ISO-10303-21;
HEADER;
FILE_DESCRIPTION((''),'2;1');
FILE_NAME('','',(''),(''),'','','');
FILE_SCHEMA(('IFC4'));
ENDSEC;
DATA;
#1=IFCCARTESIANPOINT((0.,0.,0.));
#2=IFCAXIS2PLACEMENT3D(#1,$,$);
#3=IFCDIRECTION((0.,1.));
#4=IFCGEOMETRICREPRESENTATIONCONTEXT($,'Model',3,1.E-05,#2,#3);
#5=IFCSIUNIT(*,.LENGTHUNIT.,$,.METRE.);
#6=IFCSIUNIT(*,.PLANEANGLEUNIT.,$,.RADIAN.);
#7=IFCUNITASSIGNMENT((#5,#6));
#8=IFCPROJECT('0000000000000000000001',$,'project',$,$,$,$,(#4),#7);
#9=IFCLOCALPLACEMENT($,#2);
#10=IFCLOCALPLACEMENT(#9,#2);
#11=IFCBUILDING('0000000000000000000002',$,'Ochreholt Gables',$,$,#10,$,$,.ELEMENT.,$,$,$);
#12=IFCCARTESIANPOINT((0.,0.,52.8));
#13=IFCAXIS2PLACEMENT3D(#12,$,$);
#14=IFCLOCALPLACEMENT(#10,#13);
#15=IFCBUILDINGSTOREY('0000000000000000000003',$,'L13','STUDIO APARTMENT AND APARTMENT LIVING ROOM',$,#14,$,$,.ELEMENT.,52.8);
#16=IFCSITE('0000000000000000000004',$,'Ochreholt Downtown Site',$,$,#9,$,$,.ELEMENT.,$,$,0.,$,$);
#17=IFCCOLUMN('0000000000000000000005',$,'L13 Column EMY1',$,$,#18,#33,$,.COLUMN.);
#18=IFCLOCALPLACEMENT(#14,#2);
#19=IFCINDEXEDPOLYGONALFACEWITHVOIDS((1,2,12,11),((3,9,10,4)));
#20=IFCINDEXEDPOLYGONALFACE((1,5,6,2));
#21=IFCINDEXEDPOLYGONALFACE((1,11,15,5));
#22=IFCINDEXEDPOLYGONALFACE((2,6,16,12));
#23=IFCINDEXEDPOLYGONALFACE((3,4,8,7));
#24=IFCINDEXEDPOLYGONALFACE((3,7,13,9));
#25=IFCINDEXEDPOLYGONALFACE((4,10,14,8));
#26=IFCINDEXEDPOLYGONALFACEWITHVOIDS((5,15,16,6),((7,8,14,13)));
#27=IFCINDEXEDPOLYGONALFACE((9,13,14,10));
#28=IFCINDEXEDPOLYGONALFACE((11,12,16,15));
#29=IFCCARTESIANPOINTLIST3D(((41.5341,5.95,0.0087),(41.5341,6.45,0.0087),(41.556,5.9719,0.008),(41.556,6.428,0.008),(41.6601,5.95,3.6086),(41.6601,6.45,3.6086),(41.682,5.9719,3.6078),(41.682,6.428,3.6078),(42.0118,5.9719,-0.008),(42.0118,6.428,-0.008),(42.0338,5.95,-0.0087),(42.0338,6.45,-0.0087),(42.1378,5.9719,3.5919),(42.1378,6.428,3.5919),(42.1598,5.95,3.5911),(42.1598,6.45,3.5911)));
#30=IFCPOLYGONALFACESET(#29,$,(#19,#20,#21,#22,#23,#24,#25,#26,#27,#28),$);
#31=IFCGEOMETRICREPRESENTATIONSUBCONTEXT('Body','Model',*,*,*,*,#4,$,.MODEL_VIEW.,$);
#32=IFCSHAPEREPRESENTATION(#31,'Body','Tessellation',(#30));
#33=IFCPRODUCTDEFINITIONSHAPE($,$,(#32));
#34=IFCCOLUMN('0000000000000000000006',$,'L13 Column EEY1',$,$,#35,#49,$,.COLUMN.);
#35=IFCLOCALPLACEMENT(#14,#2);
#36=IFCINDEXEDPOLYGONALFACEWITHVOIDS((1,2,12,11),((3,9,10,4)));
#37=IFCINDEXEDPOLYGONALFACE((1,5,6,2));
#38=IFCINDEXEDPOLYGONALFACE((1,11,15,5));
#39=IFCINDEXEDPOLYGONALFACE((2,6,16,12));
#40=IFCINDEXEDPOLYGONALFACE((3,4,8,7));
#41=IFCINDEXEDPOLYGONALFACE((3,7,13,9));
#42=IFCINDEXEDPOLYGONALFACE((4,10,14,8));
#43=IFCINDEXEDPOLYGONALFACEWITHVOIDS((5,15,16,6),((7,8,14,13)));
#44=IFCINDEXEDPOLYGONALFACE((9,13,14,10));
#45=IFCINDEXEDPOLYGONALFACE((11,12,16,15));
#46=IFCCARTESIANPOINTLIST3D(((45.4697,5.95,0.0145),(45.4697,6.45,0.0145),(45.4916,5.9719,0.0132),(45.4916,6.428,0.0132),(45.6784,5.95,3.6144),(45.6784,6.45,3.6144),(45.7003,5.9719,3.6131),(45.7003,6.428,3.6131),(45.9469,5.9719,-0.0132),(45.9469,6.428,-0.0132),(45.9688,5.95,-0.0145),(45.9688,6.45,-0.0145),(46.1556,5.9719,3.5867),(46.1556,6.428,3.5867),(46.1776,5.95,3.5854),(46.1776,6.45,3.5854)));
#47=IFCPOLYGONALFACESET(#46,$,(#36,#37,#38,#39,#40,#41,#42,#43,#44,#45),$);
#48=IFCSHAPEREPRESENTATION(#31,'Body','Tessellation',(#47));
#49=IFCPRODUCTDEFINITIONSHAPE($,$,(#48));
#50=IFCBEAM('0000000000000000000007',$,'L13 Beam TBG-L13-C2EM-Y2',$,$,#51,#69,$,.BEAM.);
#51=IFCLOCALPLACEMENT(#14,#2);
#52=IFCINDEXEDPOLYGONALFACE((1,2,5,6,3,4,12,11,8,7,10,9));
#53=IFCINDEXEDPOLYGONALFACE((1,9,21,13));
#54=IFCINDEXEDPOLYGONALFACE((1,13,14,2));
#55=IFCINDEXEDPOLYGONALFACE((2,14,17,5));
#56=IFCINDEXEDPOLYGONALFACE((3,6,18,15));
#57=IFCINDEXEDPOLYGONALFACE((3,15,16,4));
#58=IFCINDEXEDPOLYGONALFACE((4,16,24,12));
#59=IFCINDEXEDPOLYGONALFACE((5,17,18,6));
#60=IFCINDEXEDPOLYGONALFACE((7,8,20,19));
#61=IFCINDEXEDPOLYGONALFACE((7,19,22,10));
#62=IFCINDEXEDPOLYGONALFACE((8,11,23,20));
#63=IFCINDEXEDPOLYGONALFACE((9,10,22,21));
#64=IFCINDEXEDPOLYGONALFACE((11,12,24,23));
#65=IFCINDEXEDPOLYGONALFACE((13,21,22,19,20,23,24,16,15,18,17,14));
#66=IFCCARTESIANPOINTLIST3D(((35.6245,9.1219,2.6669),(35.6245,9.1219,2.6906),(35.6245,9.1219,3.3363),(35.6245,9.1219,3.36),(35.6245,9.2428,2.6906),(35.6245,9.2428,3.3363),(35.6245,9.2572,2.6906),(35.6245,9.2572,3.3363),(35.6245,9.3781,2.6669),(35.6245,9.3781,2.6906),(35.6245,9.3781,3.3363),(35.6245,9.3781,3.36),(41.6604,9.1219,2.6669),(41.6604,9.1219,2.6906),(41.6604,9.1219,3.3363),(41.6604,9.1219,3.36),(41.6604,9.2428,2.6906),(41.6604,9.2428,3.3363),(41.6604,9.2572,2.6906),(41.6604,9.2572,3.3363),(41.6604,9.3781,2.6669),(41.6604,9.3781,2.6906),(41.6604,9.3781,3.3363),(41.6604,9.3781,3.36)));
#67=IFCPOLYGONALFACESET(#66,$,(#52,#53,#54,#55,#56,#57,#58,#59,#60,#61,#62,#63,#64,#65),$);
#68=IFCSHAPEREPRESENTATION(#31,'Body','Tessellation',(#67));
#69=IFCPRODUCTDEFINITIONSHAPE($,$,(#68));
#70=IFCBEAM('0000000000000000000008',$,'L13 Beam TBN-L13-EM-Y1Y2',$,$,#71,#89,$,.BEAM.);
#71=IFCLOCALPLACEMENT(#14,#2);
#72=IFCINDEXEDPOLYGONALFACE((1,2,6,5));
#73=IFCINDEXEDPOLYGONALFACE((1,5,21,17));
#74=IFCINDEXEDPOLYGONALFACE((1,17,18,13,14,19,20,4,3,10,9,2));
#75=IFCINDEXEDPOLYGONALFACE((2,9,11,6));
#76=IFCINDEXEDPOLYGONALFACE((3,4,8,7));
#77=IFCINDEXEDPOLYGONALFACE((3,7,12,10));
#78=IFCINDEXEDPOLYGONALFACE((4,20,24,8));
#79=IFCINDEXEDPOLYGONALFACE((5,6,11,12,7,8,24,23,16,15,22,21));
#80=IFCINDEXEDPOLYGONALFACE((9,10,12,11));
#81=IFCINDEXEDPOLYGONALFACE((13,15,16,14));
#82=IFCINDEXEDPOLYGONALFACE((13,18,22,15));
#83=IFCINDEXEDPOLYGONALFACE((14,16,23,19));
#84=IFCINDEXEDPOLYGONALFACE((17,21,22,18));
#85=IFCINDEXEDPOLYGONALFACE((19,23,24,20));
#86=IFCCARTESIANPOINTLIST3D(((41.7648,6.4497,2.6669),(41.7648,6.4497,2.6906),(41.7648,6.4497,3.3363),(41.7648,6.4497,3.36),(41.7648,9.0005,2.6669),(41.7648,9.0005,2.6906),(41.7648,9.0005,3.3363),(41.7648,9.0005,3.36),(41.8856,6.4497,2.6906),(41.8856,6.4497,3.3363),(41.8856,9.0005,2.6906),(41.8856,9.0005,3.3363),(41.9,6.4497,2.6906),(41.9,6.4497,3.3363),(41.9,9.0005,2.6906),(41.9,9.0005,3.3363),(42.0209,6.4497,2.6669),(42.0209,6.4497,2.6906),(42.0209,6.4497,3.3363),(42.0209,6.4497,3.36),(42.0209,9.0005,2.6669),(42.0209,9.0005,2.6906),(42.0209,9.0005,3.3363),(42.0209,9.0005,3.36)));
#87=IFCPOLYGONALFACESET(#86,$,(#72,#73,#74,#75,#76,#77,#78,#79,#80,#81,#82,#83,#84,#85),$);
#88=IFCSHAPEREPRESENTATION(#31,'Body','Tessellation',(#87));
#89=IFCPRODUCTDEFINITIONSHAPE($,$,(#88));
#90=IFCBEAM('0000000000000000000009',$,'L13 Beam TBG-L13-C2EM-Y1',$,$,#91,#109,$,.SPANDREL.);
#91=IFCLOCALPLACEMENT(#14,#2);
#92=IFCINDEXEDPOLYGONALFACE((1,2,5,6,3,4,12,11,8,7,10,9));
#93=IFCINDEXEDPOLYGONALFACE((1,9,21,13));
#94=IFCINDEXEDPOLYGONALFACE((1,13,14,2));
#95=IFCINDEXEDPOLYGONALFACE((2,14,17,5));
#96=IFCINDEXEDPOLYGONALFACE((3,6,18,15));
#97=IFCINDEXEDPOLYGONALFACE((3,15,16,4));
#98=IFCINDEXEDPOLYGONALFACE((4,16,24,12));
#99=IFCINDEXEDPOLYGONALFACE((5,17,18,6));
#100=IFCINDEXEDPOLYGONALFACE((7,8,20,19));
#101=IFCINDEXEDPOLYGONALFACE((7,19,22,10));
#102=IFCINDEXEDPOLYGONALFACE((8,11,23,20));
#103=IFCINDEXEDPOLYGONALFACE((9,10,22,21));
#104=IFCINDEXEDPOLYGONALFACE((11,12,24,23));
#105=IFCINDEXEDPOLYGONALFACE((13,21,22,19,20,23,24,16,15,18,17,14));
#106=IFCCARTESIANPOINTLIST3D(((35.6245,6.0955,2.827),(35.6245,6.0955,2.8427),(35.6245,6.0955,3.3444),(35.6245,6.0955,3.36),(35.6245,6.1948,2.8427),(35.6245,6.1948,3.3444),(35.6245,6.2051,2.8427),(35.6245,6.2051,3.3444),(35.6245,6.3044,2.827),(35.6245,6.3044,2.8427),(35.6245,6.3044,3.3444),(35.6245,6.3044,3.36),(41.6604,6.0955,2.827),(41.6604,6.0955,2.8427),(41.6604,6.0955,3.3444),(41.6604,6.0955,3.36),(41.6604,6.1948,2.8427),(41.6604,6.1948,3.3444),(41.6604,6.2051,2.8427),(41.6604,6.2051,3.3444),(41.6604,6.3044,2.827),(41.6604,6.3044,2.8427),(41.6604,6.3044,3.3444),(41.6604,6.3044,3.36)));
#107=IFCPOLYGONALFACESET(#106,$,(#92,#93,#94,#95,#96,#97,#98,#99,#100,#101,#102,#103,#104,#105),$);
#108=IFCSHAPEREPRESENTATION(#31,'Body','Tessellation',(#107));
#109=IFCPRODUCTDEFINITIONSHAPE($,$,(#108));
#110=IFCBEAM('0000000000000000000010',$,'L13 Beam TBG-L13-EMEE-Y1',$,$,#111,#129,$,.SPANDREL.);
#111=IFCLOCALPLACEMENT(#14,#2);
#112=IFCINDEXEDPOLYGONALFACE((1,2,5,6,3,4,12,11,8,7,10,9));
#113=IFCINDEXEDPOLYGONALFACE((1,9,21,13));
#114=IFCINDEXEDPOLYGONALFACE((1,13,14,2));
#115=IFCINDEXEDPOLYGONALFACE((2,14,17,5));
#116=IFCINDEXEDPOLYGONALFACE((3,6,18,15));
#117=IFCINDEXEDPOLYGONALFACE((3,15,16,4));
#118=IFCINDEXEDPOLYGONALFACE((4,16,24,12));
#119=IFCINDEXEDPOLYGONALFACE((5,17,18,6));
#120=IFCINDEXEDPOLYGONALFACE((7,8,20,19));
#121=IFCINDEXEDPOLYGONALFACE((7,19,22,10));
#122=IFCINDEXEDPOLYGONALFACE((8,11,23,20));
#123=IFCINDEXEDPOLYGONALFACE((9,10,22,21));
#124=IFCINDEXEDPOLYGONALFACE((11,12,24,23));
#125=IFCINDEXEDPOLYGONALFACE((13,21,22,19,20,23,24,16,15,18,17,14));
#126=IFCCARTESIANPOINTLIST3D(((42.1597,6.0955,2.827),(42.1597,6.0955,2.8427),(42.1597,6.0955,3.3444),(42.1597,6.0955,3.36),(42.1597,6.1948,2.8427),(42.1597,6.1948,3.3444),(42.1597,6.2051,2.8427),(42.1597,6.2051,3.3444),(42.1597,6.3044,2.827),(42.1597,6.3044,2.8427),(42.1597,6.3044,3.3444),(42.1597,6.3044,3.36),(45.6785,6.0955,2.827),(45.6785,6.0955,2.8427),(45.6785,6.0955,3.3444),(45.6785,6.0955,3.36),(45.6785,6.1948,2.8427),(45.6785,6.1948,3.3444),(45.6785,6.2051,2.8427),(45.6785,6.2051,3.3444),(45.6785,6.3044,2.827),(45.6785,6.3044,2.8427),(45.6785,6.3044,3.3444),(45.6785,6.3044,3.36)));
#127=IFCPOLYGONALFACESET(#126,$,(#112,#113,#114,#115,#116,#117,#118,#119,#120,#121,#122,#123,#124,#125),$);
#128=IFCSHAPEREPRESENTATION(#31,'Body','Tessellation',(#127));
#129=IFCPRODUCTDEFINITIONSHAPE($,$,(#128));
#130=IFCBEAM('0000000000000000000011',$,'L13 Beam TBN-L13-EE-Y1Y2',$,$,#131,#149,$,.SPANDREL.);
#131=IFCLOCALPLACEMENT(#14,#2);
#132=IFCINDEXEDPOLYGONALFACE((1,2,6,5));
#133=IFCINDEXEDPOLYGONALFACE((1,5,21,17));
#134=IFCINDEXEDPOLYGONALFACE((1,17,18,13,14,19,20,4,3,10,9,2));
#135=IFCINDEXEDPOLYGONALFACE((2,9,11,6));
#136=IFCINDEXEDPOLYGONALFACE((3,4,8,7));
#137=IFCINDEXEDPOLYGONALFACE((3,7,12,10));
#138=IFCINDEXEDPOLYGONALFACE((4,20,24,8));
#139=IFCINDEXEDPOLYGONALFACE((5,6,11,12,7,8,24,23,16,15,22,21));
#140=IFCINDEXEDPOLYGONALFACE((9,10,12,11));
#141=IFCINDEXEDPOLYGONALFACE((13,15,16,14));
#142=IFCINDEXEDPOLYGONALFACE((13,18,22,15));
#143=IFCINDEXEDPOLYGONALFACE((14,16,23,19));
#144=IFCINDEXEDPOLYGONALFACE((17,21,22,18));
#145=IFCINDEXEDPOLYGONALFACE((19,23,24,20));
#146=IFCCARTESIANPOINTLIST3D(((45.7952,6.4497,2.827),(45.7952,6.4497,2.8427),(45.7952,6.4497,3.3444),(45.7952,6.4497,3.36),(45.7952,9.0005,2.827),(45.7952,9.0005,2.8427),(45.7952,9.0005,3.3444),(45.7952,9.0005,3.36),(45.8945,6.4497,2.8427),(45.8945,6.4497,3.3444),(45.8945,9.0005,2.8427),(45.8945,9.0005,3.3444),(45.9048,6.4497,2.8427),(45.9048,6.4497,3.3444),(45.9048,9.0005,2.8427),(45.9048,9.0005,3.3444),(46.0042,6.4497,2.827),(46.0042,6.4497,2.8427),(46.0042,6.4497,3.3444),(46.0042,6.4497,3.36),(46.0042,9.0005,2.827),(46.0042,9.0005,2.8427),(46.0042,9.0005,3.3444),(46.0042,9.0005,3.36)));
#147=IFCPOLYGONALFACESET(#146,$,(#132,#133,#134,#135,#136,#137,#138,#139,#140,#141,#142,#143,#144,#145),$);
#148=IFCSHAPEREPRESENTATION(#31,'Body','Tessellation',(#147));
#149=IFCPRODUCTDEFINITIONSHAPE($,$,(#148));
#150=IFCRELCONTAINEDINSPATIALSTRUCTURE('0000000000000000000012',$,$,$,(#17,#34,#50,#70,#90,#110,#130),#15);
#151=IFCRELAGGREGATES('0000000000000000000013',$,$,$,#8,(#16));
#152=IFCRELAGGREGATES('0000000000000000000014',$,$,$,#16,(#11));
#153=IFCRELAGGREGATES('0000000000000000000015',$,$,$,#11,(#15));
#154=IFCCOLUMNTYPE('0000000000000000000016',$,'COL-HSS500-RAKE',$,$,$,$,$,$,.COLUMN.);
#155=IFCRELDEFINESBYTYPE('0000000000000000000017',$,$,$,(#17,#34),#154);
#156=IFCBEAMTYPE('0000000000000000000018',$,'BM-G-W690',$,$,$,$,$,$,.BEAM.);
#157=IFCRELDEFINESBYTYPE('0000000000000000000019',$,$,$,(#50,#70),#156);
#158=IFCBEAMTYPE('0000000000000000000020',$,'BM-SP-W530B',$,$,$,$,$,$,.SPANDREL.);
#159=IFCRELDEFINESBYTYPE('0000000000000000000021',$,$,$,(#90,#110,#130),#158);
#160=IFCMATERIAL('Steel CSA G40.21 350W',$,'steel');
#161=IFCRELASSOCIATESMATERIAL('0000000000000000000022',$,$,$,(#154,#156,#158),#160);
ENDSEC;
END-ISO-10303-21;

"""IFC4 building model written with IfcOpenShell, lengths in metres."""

from ifc_helpers import new_model, si_unit, direction, frame, origin, origin_2d, place, context, subcontext, project, spatial, hollow_rectangle, i_section, extrude, material, material_profile, profile_set, type_object, element, save


model = new_model("IFC4")

# Units and contexts
model_context = context("Model", 3, precision=1e-05, world=origin(), true_north=direction((0.0, 1.0)))
body_context = subcontext(model_context, "Body", "Model", "MODEL_VIEW")
ifc_project = project(units=[si_unit("LENGTHUNIT", "METRE"), si_unit("PLANEANGLEUNIT", "RADIAN")], contexts=[model_context])

# Site, building, storey
site_placement = place(None, origin())
site = spatial("IfcSite", under=ifc_project, at=site_placement, Name="Ochreholt Downtown Site", CompositionType="ELEMENT", RefElevation=0.0)
building_placement = place(site_placement, origin())
building = spatial("IfcBuilding", under=site, at=building_placement, Name="Ochreholt Gables", CompositionType="ELEMENT")
storey_placement = place(building_placement, frame((0.0, 0.0, 52.8)))
storey = spatial("IfcBuildingStorey", under=building, at=storey_placement, Name="L13", Description="STUDIO APARTMENT AND APARTMENT LIVING ROOM", CompositionType="ELEMENT", Elevation=52.8)

# Columns
ifc_material_1 = material(Name="Steel CSA G40.21 350W", Category="steel")
ifc_material_profile_1 = material_profile(ifc_material_1, hollow_rectangle(XDim=0.5, YDim=0.5, WallThickness=0.022, at=origin_2d()), Name="HSS500X500X22")
ifc_profile_set_1 = profile_set([ifc_material_profile_1], Name="Steel CSA G40.21 350W")
column_type = type_object("IfcColumnType", Name="COL-HSS500-RAKE", PredefinedType="COLUMN", material=ifc_profile_set_1)
column_1_placement = place(storey_placement, frame((41.7839, 6.2, 0.0), z_axis=(0.034974, 0.0, 0.999388), x_axis=(0.0, 1.0, 0.0)))
element("IfcColumn", 1, at=column_1_placement, inside=storey, type_object=column_type, Name="L13 Column EMY1", PredefinedType="COLUMN", context=body_context, shape_type="SweptSolid", body=[
    extrude(hollow_rectangle(XDim=0.5, YDim=0.5, WallThickness=0.022, at=origin_2d()), origin(), (0.0, 0.0, 1.0), 3.6021),
])
column_2_placement = place(storey_placement, frame((45.7192, 6.2, 0.0), z_axis=(0.057889, 0.0, 0.998323), x_axis=(0.0, 1.0, 0.0)))
element("IfcColumn", 2, at=column_2_placement, inside=storey, type_object=column_type, Name="L13 Column EEY1", PredefinedType="COLUMN", context=body_context, shape_type="SweptSolid", body=[
    extrude(hollow_rectangle(XDim=0.5, YDim=0.5, WallThickness=0.022, at=origin_2d()), origin(), (0.0, 0.0, 1.0), 3.606),
])

# Beams
ifc_material_profile_2 = material_profile(ifc_material_1, i_section(OverallWidth=0.2561, OverallDepth=0.6931, WebThickness=0.0144, FlangeThickness=0.0237, at=origin_2d()), Name="W690X170")
ifc_profile_set_2 = profile_set([ifc_material_profile_2], Name="Steel CSA G40.21 350W")
beam_type_1 = type_object("IfcBeamType", Name="BM-G-W690", PredefinedType="BEAM", material=ifc_profile_set_2)
beam_1_placement = place(storey_placement, frame((35.6245, 9.25, 3.0134), z_axis=(1.0, 0.0, 0.0), x_axis=(0.0, 1.0, 0.0)))
element("IfcBeam", 3, at=beam_1_placement, inside=storey, type_object=beam_type_1, Name="L13 Beam TBG-L13-C2EM-Y2", PredefinedType="BEAM", context=body_context, shape_type="SweptSolid", body=[
    extrude(i_section(OverallWidth=0.2561, OverallDepth=0.6931, WebThickness=0.0144, FlangeThickness=0.0237, at=origin_2d()), origin(), (0.0, 0.0, 1.0), 6.0359),
])
beam_2_placement = place(storey_placement, frame((41.8928, 6.4497, 3.0134), z_axis=(0.0, 1.0, 0.0), x_axis=(-1.0, 0.0, 0.0)))
element("IfcBeam", 4, at=beam_2_placement, inside=storey, type_object=beam_type_1, Name="L13 Beam TBN-L13-EM-Y1Y2", PredefinedType="BEAM", context=body_context, shape_type="SweptSolid", body=[
    extrude(i_section(OverallWidth=0.2561, OverallDepth=0.6931, WebThickness=0.0144, FlangeThickness=0.0237, at=origin_2d()), origin(), (0.0, 0.0, 1.0), 2.5508),
])
ifc_material_profile_3 = material_profile(ifc_material_1, i_section(OverallWidth=0.209, OverallDepth=0.533, WebThickness=0.0103, FlangeThickness=0.0156, at=origin_2d()), Name="W530X92")
ifc_profile_set_3 = profile_set([ifc_material_profile_3], Name="Steel CSA G40.21 350W")
beam_type_2 = type_object("IfcBeamType", Name="BM-SP-W530B", PredefinedType="SPANDREL", material=ifc_profile_set_3)
beam_3_placement = place(storey_placement, frame((35.6245, 6.2, 3.0935), z_axis=(1.0, 0.0, 0.0), x_axis=(0.0, 1.0, 0.0)))
element("IfcBeam", 5, at=beam_3_placement, inside=storey, type_object=beam_type_2, Name="L13 Beam TBG-L13-C2EM-Y1", PredefinedType="SPANDREL", context=body_context, shape_type="SweptSolid", body=[
    extrude(i_section(OverallWidth=0.209, OverallDepth=0.533, WebThickness=0.0103, FlangeThickness=0.0156, at=origin_2d()), origin(), (0.0, 0.0, 1.0), 6.0359),
])
beam_4_placement = place(storey_placement, frame((42.1597, 6.2, 3.0935), z_axis=(1.0, 0.0, 0.0), x_axis=(0.0, 1.0, 0.0)))
element("IfcBeam", 6, at=beam_4_placement, inside=storey, type_object=beam_type_2, Name="L13 Beam TBG-L13-EMEE-Y1", PredefinedType="SPANDREL", context=body_context, shape_type="SweptSolid", body=[
    extrude(i_section(OverallWidth=0.209, OverallDepth=0.533, WebThickness=0.0103, FlangeThickness=0.0156, at=origin_2d()), origin(), (0.0, 0.0, 1.0), 3.5188),
])
beam_5_placement = place(storey_placement, frame((45.8997, 6.4497, 3.0935), z_axis=(0.0, 1.0, 0.0), x_axis=(-1.0, 0.0, 0.0)))
element("IfcBeam", 7, at=beam_5_placement, inside=storey, type_object=beam_type_2, Name="L13 Beam TBN-L13-EE-Y1Y2", PredefinedType="SPANDREL", context=body_context, shape_type="SweptSolid", body=[
    extrude(i_section(OverallWidth=0.209, OverallDepth=0.533, WebThickness=0.0103, FlangeThickness=0.0156, at=origin_2d()), origin(), (0.0, 0.0, 1.0), 2.5508),
])

save(model, "model.ifc")
